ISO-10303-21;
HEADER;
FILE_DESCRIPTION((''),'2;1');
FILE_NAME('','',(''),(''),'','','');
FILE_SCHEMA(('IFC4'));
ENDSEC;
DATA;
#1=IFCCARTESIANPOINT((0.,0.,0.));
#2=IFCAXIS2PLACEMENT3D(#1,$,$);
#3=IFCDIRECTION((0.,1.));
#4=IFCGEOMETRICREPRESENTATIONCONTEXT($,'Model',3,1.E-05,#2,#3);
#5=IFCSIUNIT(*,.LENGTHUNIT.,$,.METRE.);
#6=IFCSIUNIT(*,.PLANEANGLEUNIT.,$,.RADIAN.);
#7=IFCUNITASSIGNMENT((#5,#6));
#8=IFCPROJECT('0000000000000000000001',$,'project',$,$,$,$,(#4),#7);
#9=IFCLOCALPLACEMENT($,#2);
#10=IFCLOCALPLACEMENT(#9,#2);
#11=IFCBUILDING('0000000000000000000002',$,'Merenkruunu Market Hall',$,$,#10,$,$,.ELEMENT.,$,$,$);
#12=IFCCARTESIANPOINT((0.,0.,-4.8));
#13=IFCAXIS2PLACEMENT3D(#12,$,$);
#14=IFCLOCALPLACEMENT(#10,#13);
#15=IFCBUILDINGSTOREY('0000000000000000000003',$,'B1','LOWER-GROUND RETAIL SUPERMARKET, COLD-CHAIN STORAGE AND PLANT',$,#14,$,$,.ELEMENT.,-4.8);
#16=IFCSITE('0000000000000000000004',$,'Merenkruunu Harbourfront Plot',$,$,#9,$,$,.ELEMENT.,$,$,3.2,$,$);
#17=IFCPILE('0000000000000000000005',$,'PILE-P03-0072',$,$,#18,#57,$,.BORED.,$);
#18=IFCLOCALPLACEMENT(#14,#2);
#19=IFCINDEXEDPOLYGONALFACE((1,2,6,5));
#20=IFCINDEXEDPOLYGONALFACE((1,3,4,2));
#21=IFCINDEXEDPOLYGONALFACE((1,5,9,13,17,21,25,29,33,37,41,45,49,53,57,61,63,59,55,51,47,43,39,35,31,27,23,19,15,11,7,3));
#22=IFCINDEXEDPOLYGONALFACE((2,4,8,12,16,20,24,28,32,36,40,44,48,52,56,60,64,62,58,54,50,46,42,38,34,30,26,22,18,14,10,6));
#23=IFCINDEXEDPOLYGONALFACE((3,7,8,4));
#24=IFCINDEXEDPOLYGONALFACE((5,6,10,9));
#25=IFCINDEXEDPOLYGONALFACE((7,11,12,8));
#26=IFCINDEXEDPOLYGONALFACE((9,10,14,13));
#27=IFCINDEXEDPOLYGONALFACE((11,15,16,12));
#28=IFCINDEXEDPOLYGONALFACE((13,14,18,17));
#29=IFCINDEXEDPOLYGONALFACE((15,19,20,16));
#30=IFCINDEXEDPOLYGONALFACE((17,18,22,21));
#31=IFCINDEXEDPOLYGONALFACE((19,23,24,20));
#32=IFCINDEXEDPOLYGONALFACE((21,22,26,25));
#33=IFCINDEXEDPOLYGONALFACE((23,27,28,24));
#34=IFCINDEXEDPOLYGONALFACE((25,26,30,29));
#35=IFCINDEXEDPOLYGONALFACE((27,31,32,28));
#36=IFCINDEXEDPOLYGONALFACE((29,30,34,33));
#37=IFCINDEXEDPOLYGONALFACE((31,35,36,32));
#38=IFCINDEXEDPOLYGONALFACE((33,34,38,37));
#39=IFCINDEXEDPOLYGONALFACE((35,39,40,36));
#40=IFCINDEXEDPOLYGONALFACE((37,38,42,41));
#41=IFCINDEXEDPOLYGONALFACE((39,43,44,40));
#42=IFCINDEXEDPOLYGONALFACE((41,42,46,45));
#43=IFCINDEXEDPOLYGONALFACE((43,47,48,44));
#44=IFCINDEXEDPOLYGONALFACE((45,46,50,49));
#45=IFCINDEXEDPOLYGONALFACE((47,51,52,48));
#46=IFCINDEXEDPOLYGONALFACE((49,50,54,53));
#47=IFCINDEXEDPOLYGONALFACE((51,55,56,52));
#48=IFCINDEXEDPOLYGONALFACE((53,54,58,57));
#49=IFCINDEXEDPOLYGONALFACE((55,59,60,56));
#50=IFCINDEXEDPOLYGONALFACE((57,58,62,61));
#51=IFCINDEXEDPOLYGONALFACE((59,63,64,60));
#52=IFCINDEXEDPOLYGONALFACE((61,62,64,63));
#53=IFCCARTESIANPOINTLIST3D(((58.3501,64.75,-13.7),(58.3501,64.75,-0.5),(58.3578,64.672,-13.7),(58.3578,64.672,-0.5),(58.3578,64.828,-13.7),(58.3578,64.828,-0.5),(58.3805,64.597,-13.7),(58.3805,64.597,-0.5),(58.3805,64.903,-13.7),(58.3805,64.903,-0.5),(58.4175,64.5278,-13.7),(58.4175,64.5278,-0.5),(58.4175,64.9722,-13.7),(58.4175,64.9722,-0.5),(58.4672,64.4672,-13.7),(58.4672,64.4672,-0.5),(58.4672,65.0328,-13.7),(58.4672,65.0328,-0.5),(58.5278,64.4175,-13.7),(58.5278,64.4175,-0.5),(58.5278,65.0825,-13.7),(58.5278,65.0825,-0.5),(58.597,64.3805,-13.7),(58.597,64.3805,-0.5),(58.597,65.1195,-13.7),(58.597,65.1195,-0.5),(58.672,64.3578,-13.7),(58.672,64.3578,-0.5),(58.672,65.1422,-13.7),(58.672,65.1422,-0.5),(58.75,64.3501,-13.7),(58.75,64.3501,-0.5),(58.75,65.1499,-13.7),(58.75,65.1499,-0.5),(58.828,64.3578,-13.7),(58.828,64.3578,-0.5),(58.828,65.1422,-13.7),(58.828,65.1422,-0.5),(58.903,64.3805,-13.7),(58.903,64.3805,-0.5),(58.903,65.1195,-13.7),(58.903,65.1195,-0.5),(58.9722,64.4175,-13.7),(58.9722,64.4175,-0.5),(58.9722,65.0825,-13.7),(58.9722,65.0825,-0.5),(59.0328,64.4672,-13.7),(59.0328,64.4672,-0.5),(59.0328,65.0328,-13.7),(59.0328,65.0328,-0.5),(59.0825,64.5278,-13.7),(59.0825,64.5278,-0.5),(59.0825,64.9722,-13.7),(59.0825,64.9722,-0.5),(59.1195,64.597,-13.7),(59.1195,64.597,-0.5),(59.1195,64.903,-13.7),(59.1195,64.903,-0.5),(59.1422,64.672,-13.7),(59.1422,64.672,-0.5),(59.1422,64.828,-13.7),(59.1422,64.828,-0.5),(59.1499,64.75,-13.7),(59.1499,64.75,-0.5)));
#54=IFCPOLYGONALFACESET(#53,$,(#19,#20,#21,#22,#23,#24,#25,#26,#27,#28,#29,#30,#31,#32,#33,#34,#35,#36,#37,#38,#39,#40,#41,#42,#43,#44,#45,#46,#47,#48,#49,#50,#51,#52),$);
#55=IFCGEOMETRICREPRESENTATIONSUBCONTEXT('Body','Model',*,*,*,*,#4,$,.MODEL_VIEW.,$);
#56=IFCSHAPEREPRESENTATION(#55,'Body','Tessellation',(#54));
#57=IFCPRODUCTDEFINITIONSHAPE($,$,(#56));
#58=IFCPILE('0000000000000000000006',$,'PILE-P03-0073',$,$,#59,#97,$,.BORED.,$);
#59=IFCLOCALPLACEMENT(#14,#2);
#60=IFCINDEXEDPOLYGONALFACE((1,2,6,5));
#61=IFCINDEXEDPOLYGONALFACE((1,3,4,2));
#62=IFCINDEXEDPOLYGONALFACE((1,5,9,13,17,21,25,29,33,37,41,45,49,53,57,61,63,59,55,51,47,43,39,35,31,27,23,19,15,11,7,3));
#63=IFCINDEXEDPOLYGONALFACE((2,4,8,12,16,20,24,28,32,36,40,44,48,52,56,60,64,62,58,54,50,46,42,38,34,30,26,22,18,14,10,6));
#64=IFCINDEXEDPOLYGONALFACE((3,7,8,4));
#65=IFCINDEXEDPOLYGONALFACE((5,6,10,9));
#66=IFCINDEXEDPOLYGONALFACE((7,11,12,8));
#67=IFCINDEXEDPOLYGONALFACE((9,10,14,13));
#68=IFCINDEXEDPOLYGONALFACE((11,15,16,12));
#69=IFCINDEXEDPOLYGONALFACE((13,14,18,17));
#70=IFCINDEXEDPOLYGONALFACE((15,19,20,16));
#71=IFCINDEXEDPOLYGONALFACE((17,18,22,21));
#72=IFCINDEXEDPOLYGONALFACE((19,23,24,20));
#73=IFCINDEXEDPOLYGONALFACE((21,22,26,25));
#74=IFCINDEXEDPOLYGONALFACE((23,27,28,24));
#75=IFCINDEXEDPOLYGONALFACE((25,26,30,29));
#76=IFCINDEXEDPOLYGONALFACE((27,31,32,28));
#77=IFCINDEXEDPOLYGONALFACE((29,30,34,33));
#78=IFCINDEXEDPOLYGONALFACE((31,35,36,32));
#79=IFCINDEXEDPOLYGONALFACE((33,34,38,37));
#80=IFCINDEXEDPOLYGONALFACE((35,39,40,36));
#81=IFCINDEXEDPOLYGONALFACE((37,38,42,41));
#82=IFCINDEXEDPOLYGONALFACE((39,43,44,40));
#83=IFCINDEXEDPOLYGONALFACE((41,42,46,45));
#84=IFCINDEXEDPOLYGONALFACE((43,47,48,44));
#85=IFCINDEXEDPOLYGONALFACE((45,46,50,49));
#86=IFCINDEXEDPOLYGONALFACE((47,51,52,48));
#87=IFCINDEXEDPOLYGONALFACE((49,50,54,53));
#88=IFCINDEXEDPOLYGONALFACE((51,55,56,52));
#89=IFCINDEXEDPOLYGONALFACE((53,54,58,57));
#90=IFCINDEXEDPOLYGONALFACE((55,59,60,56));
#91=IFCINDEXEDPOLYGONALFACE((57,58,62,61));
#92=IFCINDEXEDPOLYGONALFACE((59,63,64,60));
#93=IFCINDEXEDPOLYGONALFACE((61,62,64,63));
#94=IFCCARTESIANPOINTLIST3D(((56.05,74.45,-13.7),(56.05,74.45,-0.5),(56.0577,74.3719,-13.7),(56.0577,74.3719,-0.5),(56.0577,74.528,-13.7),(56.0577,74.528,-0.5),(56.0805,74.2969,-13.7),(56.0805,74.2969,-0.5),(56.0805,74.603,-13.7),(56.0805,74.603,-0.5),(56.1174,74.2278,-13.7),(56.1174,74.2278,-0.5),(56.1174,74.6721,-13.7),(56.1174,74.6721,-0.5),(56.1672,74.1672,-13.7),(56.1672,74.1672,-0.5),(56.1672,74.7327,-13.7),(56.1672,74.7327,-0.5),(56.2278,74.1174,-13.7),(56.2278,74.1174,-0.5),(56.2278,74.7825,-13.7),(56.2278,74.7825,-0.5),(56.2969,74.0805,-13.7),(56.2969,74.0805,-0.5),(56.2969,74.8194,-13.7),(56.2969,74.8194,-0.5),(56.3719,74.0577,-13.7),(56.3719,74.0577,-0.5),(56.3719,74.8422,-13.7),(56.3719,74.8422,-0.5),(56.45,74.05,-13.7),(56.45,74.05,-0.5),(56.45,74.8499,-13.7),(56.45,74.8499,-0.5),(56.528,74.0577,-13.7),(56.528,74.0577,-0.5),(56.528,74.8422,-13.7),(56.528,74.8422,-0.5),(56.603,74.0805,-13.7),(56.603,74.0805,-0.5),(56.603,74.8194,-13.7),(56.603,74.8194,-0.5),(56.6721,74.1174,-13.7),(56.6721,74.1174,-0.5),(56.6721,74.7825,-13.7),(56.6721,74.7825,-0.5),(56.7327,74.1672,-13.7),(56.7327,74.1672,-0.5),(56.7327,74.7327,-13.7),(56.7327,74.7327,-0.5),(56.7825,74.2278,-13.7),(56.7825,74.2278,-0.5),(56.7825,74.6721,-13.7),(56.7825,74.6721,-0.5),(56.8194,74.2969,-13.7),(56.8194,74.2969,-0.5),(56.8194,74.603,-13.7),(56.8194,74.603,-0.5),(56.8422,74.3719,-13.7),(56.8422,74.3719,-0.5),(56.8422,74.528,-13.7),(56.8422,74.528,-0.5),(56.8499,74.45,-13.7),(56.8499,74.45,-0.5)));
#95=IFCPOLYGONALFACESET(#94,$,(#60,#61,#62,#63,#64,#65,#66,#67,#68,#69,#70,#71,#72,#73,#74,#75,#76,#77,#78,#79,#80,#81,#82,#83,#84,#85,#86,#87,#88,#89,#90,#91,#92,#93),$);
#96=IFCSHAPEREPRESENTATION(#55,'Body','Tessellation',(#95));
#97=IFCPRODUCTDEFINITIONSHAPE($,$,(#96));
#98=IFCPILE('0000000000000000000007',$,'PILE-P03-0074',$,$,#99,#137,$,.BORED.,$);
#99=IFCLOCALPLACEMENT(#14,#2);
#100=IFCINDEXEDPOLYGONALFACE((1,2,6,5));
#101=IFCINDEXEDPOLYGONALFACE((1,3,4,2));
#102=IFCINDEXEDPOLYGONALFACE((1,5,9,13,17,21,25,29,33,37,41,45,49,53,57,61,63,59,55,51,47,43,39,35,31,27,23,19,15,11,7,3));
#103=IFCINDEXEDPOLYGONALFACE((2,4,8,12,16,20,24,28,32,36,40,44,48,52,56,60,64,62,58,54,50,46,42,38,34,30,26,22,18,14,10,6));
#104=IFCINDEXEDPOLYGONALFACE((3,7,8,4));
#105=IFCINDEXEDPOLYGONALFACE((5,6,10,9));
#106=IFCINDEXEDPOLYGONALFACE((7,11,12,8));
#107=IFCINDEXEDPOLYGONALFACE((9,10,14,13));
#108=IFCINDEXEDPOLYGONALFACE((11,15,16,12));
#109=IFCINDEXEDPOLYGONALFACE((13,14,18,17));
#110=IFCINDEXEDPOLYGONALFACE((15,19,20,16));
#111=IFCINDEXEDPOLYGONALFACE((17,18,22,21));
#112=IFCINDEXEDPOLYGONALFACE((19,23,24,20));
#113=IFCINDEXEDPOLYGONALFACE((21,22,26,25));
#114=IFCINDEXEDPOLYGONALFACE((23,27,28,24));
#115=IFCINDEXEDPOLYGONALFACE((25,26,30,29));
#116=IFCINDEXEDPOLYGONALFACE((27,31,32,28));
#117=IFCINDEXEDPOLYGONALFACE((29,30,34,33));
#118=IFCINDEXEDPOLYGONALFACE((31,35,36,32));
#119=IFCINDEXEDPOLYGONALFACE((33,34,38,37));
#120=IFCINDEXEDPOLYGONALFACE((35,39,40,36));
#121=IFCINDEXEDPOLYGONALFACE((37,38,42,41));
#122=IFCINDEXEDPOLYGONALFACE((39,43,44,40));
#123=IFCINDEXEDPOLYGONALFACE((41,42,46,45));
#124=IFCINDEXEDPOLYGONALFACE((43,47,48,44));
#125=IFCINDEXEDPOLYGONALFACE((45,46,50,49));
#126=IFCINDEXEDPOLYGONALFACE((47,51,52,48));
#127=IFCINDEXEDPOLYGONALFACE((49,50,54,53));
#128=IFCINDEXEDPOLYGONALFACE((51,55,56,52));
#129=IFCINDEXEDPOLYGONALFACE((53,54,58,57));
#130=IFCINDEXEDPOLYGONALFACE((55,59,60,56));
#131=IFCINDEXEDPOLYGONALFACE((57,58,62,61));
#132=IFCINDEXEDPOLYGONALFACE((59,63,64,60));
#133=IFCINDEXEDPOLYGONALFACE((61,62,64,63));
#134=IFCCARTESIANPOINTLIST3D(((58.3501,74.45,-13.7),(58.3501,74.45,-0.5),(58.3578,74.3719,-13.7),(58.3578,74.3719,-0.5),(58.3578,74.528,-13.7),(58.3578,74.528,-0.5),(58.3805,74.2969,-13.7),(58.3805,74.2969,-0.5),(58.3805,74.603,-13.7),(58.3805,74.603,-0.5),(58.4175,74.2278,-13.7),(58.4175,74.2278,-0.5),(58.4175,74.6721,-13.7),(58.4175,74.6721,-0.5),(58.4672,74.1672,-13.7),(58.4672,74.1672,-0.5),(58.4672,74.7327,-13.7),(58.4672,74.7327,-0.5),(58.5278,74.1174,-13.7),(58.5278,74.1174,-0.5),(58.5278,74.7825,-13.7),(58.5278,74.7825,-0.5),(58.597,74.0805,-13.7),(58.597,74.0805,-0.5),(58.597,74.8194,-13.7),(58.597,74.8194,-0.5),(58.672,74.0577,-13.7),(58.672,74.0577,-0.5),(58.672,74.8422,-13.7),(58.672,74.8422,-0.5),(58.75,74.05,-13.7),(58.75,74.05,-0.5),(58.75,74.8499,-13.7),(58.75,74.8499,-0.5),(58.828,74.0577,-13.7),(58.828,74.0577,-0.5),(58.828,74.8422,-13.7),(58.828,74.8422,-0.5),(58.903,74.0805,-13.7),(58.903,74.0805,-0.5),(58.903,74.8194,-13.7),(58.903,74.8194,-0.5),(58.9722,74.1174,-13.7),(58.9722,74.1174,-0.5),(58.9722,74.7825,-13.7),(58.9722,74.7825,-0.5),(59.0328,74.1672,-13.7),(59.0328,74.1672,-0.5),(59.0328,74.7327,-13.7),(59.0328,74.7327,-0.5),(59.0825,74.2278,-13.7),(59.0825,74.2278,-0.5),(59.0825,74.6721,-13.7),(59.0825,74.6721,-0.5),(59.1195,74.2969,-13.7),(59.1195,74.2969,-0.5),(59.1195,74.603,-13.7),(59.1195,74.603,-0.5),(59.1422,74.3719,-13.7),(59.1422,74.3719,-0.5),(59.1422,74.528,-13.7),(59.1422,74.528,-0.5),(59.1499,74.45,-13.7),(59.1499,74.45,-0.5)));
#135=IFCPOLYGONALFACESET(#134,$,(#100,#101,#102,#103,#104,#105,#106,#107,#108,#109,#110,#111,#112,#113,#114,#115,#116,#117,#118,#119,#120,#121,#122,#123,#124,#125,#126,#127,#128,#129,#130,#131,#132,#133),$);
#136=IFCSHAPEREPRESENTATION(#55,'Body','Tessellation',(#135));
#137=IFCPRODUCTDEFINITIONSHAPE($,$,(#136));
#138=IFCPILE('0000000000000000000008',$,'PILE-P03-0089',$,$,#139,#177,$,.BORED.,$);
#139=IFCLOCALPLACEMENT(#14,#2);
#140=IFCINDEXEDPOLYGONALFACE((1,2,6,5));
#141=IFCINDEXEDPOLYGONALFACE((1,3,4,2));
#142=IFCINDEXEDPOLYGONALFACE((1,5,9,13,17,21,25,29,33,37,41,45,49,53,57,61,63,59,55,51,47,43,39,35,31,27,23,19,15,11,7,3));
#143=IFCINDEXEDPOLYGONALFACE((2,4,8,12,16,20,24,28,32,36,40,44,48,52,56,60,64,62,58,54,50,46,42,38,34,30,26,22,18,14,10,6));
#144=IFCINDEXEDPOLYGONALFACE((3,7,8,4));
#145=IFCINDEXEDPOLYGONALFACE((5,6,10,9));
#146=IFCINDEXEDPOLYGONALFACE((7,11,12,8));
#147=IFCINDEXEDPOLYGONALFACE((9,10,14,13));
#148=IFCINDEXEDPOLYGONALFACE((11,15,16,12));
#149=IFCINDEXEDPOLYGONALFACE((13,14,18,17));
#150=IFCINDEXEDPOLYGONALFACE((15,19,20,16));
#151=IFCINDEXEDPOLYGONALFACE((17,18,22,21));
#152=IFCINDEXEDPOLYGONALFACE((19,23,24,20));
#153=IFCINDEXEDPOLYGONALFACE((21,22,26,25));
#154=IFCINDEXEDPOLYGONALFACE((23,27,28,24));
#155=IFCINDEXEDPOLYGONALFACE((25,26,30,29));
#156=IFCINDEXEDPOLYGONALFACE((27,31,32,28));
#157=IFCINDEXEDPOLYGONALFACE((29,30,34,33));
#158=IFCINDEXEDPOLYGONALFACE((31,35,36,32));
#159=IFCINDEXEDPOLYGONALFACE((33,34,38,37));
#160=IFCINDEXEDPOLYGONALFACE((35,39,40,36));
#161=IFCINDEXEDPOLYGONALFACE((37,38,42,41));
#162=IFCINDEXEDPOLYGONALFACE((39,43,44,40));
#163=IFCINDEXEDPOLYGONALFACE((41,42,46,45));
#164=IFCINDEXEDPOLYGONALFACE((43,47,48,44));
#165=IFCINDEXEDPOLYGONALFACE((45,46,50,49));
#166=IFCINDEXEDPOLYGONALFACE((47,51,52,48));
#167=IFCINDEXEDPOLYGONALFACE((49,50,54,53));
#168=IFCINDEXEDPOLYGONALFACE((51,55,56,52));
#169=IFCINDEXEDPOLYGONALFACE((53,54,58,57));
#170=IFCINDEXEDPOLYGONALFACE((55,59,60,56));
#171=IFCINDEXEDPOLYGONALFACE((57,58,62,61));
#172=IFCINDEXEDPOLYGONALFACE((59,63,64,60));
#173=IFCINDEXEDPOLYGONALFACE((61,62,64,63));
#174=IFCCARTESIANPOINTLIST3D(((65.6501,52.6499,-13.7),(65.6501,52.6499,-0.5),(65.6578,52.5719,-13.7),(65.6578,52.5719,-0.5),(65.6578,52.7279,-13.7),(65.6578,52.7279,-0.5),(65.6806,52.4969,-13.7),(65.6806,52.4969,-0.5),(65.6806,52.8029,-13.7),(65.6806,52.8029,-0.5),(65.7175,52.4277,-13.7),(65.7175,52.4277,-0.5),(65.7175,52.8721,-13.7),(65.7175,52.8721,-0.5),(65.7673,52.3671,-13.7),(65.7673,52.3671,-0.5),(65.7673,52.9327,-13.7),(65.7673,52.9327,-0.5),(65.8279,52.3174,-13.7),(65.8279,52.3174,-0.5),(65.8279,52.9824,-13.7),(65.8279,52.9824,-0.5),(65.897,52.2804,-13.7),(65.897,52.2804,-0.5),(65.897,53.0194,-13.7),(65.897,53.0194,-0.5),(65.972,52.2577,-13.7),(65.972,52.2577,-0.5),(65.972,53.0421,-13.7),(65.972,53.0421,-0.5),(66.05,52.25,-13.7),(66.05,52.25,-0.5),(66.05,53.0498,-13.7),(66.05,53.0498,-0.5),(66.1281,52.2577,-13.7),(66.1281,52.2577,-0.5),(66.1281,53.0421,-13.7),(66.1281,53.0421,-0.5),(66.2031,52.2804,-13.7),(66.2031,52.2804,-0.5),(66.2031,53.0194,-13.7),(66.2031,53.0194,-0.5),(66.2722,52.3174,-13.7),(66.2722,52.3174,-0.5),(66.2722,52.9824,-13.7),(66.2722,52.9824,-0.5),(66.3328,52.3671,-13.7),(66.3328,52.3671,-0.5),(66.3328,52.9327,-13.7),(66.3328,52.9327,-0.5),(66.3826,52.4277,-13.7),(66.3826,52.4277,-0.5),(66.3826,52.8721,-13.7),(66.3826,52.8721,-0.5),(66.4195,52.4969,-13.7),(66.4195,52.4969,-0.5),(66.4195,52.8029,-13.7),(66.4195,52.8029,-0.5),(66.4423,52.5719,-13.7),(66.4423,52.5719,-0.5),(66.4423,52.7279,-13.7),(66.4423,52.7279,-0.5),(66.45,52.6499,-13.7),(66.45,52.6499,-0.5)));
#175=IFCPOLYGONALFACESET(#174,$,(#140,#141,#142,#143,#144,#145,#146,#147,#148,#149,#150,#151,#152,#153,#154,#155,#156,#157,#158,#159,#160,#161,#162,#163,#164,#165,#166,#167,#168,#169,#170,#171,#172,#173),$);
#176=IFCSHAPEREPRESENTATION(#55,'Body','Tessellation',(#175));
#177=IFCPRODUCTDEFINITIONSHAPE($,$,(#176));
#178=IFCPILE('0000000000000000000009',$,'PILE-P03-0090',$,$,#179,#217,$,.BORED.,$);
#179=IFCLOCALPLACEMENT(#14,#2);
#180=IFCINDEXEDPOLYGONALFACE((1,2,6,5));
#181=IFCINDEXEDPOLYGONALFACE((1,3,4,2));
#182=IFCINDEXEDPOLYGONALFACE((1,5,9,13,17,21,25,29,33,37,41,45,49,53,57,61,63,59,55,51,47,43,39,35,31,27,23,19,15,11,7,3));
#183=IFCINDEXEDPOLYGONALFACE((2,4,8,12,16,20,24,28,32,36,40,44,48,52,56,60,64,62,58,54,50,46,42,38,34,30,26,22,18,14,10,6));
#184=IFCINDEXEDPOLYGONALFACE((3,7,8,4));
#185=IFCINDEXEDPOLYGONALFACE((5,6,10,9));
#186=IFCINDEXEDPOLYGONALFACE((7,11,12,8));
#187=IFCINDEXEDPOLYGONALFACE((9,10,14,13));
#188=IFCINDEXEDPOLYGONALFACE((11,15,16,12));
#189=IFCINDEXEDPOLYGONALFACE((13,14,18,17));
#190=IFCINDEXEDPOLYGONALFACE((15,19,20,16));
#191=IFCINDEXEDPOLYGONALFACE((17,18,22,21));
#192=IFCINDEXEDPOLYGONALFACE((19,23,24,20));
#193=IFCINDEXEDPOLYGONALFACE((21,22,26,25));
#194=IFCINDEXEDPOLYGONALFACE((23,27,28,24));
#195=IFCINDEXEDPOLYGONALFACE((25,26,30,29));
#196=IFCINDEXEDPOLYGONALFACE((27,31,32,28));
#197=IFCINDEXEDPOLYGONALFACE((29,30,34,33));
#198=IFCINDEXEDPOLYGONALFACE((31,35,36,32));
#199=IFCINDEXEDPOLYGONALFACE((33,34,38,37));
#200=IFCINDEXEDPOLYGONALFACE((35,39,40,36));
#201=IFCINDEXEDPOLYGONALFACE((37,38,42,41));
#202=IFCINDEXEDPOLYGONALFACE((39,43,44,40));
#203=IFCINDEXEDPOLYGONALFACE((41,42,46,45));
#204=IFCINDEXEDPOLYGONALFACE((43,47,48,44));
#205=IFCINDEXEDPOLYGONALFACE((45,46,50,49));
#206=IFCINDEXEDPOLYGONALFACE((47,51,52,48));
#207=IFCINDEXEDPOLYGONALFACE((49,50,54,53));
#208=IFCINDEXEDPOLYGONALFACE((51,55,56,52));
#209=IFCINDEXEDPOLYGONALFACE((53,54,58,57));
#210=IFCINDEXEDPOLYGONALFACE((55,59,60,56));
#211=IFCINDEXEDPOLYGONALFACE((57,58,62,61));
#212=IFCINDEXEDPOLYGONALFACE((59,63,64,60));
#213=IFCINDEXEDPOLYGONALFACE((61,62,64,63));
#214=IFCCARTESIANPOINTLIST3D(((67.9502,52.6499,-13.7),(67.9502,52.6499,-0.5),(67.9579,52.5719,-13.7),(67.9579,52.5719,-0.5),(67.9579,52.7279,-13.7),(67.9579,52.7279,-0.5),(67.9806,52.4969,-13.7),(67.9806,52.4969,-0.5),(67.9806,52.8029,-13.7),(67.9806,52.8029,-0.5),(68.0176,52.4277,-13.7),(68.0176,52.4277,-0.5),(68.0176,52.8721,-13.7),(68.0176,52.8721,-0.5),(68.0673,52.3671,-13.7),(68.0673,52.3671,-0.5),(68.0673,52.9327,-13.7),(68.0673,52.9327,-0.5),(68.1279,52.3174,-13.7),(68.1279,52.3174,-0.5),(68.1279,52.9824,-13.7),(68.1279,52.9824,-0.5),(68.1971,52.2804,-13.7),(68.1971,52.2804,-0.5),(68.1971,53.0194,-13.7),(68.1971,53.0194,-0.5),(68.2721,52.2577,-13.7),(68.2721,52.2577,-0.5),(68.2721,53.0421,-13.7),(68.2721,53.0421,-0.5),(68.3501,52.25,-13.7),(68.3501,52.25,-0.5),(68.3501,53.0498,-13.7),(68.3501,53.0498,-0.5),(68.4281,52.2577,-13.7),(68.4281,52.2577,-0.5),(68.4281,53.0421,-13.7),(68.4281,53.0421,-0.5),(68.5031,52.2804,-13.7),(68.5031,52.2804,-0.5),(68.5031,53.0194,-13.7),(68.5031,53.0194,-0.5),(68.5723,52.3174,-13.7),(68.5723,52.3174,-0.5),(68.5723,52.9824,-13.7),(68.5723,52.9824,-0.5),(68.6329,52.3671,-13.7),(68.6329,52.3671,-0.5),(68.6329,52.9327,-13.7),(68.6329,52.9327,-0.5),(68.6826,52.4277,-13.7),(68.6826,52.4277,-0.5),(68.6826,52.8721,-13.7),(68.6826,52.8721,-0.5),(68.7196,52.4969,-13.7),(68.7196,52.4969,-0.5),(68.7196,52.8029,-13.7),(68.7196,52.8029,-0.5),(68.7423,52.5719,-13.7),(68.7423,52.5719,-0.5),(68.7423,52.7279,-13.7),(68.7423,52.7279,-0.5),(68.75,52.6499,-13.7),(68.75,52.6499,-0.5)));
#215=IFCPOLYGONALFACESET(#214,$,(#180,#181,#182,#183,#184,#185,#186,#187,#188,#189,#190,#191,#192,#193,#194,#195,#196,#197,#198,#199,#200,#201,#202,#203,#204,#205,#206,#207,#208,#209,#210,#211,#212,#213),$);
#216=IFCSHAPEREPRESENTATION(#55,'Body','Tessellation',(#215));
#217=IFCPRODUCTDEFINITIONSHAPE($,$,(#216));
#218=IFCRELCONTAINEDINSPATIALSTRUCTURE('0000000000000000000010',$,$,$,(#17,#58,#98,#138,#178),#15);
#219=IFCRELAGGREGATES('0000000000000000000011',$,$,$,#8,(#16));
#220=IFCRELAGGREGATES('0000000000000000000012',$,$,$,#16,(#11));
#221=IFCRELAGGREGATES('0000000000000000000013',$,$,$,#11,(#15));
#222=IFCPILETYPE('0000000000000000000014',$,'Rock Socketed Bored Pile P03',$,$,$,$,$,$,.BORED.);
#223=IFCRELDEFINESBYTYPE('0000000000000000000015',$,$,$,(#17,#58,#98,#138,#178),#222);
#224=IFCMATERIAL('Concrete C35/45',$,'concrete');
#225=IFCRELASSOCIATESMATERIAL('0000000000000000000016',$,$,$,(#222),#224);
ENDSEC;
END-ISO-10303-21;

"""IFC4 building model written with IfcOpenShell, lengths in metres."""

from ifc_helpers import new_model, si_unit, direction, frame, origin, origin_2d, place, context, subcontext, project, spatial, circle, extrude, material, material_profile, profile_set, type_object, element, save


model = new_model("IFC4")

# Units and contexts
model_context = context("Model", 3, precision=1e-05, world=origin(), true_north=direction((0.0, 1.0)))
body_context = subcontext(model_context, "Body", "Model", "MODEL_VIEW")
ifc_project = project(units=[si_unit("LENGTHUNIT", "METRE"), si_unit("PLANEANGLEUNIT", "RADIAN")], contexts=[model_context])

# Site, building, storey
site_placement = place(None, origin())
site = spatial("IfcSite", under=ifc_project, at=site_placement, Name="Merenkruunu Harbourfront Plot", CompositionType="ELEMENT", RefElevation=3.2)
building_placement = place(site_placement, origin())
building = spatial("IfcBuilding", under=site, at=building_placement, Name="Merenkruunu Market Hall", CompositionType="ELEMENT")
storey_placement = place(building_placement, frame((0.0, 0.0, -4.8)))
storey = spatial("IfcBuildingStorey", under=building, at=storey_placement, Name="B1", Description="LOWER-GROUND RETAIL SUPERMARKET, COLD-CHAIN STORAGE AND PLANT", CompositionType="ELEMENT", Elevation=-4.8)

# Piles
ifc_material_1 = material(Name="Concrete C35/45", Category="concrete")
ifc_material_profile_1 = material_profile(ifc_material_1, circle(Radius=0.3999, at=origin_2d()), Name="BORED PILE 800")
ifc_profile_set_1 = profile_set([ifc_material_profile_1], Name="Concrete C35/45")
pile_type_1 = type_object("IfcPileType", Name="Rock Socketed Bored Pile P03", PredefinedType="BORED", material=ifc_profile_set_1)
for number, where, z_axis, x_axis, name in (
    (1, (58.75, 64.75, -0.5), (0.0, 0.0, -1.0), (1.0, 0.0, 0.0), "PILE-P03-0072"),
    (2, (56.45, 74.45, -0.5), (0.0, 0.0, -1.0), (1.0, 0.0, 0.0), "PILE-P03-0073"),
    (3, (58.75, 74.45, -0.5), (0.0, 0.0, -1.0), (1.0, 0.0, 0.0), "PILE-P03-0074"),
    (4, (66.05, 52.6499, -0.5), (0.0, 0.0, -1.0), (1.0, 0.0, 0.0), "PILE-P03-0089"),
    (5, (68.3501, 52.6499, -0.5), (0.0, 0.0, -1.0), (1.0, 0.0, 0.0), "PILE-P03-0090"),
):
    element("IfcPile", number, at=place(storey_placement, frame(where, z_axis=z_axis, x_axis=x_axis)), inside=storey, type_object=pile_type_1, Name=name, PredefinedType="BORED", context=body_context, shape_type="SweptSolid", body=[
        extrude(circle(Radius=0.3999, at=origin_2d()), origin(), (0.0, 0.0, 1.0), 13.2),
    ])

save(model, "model.ifc")
